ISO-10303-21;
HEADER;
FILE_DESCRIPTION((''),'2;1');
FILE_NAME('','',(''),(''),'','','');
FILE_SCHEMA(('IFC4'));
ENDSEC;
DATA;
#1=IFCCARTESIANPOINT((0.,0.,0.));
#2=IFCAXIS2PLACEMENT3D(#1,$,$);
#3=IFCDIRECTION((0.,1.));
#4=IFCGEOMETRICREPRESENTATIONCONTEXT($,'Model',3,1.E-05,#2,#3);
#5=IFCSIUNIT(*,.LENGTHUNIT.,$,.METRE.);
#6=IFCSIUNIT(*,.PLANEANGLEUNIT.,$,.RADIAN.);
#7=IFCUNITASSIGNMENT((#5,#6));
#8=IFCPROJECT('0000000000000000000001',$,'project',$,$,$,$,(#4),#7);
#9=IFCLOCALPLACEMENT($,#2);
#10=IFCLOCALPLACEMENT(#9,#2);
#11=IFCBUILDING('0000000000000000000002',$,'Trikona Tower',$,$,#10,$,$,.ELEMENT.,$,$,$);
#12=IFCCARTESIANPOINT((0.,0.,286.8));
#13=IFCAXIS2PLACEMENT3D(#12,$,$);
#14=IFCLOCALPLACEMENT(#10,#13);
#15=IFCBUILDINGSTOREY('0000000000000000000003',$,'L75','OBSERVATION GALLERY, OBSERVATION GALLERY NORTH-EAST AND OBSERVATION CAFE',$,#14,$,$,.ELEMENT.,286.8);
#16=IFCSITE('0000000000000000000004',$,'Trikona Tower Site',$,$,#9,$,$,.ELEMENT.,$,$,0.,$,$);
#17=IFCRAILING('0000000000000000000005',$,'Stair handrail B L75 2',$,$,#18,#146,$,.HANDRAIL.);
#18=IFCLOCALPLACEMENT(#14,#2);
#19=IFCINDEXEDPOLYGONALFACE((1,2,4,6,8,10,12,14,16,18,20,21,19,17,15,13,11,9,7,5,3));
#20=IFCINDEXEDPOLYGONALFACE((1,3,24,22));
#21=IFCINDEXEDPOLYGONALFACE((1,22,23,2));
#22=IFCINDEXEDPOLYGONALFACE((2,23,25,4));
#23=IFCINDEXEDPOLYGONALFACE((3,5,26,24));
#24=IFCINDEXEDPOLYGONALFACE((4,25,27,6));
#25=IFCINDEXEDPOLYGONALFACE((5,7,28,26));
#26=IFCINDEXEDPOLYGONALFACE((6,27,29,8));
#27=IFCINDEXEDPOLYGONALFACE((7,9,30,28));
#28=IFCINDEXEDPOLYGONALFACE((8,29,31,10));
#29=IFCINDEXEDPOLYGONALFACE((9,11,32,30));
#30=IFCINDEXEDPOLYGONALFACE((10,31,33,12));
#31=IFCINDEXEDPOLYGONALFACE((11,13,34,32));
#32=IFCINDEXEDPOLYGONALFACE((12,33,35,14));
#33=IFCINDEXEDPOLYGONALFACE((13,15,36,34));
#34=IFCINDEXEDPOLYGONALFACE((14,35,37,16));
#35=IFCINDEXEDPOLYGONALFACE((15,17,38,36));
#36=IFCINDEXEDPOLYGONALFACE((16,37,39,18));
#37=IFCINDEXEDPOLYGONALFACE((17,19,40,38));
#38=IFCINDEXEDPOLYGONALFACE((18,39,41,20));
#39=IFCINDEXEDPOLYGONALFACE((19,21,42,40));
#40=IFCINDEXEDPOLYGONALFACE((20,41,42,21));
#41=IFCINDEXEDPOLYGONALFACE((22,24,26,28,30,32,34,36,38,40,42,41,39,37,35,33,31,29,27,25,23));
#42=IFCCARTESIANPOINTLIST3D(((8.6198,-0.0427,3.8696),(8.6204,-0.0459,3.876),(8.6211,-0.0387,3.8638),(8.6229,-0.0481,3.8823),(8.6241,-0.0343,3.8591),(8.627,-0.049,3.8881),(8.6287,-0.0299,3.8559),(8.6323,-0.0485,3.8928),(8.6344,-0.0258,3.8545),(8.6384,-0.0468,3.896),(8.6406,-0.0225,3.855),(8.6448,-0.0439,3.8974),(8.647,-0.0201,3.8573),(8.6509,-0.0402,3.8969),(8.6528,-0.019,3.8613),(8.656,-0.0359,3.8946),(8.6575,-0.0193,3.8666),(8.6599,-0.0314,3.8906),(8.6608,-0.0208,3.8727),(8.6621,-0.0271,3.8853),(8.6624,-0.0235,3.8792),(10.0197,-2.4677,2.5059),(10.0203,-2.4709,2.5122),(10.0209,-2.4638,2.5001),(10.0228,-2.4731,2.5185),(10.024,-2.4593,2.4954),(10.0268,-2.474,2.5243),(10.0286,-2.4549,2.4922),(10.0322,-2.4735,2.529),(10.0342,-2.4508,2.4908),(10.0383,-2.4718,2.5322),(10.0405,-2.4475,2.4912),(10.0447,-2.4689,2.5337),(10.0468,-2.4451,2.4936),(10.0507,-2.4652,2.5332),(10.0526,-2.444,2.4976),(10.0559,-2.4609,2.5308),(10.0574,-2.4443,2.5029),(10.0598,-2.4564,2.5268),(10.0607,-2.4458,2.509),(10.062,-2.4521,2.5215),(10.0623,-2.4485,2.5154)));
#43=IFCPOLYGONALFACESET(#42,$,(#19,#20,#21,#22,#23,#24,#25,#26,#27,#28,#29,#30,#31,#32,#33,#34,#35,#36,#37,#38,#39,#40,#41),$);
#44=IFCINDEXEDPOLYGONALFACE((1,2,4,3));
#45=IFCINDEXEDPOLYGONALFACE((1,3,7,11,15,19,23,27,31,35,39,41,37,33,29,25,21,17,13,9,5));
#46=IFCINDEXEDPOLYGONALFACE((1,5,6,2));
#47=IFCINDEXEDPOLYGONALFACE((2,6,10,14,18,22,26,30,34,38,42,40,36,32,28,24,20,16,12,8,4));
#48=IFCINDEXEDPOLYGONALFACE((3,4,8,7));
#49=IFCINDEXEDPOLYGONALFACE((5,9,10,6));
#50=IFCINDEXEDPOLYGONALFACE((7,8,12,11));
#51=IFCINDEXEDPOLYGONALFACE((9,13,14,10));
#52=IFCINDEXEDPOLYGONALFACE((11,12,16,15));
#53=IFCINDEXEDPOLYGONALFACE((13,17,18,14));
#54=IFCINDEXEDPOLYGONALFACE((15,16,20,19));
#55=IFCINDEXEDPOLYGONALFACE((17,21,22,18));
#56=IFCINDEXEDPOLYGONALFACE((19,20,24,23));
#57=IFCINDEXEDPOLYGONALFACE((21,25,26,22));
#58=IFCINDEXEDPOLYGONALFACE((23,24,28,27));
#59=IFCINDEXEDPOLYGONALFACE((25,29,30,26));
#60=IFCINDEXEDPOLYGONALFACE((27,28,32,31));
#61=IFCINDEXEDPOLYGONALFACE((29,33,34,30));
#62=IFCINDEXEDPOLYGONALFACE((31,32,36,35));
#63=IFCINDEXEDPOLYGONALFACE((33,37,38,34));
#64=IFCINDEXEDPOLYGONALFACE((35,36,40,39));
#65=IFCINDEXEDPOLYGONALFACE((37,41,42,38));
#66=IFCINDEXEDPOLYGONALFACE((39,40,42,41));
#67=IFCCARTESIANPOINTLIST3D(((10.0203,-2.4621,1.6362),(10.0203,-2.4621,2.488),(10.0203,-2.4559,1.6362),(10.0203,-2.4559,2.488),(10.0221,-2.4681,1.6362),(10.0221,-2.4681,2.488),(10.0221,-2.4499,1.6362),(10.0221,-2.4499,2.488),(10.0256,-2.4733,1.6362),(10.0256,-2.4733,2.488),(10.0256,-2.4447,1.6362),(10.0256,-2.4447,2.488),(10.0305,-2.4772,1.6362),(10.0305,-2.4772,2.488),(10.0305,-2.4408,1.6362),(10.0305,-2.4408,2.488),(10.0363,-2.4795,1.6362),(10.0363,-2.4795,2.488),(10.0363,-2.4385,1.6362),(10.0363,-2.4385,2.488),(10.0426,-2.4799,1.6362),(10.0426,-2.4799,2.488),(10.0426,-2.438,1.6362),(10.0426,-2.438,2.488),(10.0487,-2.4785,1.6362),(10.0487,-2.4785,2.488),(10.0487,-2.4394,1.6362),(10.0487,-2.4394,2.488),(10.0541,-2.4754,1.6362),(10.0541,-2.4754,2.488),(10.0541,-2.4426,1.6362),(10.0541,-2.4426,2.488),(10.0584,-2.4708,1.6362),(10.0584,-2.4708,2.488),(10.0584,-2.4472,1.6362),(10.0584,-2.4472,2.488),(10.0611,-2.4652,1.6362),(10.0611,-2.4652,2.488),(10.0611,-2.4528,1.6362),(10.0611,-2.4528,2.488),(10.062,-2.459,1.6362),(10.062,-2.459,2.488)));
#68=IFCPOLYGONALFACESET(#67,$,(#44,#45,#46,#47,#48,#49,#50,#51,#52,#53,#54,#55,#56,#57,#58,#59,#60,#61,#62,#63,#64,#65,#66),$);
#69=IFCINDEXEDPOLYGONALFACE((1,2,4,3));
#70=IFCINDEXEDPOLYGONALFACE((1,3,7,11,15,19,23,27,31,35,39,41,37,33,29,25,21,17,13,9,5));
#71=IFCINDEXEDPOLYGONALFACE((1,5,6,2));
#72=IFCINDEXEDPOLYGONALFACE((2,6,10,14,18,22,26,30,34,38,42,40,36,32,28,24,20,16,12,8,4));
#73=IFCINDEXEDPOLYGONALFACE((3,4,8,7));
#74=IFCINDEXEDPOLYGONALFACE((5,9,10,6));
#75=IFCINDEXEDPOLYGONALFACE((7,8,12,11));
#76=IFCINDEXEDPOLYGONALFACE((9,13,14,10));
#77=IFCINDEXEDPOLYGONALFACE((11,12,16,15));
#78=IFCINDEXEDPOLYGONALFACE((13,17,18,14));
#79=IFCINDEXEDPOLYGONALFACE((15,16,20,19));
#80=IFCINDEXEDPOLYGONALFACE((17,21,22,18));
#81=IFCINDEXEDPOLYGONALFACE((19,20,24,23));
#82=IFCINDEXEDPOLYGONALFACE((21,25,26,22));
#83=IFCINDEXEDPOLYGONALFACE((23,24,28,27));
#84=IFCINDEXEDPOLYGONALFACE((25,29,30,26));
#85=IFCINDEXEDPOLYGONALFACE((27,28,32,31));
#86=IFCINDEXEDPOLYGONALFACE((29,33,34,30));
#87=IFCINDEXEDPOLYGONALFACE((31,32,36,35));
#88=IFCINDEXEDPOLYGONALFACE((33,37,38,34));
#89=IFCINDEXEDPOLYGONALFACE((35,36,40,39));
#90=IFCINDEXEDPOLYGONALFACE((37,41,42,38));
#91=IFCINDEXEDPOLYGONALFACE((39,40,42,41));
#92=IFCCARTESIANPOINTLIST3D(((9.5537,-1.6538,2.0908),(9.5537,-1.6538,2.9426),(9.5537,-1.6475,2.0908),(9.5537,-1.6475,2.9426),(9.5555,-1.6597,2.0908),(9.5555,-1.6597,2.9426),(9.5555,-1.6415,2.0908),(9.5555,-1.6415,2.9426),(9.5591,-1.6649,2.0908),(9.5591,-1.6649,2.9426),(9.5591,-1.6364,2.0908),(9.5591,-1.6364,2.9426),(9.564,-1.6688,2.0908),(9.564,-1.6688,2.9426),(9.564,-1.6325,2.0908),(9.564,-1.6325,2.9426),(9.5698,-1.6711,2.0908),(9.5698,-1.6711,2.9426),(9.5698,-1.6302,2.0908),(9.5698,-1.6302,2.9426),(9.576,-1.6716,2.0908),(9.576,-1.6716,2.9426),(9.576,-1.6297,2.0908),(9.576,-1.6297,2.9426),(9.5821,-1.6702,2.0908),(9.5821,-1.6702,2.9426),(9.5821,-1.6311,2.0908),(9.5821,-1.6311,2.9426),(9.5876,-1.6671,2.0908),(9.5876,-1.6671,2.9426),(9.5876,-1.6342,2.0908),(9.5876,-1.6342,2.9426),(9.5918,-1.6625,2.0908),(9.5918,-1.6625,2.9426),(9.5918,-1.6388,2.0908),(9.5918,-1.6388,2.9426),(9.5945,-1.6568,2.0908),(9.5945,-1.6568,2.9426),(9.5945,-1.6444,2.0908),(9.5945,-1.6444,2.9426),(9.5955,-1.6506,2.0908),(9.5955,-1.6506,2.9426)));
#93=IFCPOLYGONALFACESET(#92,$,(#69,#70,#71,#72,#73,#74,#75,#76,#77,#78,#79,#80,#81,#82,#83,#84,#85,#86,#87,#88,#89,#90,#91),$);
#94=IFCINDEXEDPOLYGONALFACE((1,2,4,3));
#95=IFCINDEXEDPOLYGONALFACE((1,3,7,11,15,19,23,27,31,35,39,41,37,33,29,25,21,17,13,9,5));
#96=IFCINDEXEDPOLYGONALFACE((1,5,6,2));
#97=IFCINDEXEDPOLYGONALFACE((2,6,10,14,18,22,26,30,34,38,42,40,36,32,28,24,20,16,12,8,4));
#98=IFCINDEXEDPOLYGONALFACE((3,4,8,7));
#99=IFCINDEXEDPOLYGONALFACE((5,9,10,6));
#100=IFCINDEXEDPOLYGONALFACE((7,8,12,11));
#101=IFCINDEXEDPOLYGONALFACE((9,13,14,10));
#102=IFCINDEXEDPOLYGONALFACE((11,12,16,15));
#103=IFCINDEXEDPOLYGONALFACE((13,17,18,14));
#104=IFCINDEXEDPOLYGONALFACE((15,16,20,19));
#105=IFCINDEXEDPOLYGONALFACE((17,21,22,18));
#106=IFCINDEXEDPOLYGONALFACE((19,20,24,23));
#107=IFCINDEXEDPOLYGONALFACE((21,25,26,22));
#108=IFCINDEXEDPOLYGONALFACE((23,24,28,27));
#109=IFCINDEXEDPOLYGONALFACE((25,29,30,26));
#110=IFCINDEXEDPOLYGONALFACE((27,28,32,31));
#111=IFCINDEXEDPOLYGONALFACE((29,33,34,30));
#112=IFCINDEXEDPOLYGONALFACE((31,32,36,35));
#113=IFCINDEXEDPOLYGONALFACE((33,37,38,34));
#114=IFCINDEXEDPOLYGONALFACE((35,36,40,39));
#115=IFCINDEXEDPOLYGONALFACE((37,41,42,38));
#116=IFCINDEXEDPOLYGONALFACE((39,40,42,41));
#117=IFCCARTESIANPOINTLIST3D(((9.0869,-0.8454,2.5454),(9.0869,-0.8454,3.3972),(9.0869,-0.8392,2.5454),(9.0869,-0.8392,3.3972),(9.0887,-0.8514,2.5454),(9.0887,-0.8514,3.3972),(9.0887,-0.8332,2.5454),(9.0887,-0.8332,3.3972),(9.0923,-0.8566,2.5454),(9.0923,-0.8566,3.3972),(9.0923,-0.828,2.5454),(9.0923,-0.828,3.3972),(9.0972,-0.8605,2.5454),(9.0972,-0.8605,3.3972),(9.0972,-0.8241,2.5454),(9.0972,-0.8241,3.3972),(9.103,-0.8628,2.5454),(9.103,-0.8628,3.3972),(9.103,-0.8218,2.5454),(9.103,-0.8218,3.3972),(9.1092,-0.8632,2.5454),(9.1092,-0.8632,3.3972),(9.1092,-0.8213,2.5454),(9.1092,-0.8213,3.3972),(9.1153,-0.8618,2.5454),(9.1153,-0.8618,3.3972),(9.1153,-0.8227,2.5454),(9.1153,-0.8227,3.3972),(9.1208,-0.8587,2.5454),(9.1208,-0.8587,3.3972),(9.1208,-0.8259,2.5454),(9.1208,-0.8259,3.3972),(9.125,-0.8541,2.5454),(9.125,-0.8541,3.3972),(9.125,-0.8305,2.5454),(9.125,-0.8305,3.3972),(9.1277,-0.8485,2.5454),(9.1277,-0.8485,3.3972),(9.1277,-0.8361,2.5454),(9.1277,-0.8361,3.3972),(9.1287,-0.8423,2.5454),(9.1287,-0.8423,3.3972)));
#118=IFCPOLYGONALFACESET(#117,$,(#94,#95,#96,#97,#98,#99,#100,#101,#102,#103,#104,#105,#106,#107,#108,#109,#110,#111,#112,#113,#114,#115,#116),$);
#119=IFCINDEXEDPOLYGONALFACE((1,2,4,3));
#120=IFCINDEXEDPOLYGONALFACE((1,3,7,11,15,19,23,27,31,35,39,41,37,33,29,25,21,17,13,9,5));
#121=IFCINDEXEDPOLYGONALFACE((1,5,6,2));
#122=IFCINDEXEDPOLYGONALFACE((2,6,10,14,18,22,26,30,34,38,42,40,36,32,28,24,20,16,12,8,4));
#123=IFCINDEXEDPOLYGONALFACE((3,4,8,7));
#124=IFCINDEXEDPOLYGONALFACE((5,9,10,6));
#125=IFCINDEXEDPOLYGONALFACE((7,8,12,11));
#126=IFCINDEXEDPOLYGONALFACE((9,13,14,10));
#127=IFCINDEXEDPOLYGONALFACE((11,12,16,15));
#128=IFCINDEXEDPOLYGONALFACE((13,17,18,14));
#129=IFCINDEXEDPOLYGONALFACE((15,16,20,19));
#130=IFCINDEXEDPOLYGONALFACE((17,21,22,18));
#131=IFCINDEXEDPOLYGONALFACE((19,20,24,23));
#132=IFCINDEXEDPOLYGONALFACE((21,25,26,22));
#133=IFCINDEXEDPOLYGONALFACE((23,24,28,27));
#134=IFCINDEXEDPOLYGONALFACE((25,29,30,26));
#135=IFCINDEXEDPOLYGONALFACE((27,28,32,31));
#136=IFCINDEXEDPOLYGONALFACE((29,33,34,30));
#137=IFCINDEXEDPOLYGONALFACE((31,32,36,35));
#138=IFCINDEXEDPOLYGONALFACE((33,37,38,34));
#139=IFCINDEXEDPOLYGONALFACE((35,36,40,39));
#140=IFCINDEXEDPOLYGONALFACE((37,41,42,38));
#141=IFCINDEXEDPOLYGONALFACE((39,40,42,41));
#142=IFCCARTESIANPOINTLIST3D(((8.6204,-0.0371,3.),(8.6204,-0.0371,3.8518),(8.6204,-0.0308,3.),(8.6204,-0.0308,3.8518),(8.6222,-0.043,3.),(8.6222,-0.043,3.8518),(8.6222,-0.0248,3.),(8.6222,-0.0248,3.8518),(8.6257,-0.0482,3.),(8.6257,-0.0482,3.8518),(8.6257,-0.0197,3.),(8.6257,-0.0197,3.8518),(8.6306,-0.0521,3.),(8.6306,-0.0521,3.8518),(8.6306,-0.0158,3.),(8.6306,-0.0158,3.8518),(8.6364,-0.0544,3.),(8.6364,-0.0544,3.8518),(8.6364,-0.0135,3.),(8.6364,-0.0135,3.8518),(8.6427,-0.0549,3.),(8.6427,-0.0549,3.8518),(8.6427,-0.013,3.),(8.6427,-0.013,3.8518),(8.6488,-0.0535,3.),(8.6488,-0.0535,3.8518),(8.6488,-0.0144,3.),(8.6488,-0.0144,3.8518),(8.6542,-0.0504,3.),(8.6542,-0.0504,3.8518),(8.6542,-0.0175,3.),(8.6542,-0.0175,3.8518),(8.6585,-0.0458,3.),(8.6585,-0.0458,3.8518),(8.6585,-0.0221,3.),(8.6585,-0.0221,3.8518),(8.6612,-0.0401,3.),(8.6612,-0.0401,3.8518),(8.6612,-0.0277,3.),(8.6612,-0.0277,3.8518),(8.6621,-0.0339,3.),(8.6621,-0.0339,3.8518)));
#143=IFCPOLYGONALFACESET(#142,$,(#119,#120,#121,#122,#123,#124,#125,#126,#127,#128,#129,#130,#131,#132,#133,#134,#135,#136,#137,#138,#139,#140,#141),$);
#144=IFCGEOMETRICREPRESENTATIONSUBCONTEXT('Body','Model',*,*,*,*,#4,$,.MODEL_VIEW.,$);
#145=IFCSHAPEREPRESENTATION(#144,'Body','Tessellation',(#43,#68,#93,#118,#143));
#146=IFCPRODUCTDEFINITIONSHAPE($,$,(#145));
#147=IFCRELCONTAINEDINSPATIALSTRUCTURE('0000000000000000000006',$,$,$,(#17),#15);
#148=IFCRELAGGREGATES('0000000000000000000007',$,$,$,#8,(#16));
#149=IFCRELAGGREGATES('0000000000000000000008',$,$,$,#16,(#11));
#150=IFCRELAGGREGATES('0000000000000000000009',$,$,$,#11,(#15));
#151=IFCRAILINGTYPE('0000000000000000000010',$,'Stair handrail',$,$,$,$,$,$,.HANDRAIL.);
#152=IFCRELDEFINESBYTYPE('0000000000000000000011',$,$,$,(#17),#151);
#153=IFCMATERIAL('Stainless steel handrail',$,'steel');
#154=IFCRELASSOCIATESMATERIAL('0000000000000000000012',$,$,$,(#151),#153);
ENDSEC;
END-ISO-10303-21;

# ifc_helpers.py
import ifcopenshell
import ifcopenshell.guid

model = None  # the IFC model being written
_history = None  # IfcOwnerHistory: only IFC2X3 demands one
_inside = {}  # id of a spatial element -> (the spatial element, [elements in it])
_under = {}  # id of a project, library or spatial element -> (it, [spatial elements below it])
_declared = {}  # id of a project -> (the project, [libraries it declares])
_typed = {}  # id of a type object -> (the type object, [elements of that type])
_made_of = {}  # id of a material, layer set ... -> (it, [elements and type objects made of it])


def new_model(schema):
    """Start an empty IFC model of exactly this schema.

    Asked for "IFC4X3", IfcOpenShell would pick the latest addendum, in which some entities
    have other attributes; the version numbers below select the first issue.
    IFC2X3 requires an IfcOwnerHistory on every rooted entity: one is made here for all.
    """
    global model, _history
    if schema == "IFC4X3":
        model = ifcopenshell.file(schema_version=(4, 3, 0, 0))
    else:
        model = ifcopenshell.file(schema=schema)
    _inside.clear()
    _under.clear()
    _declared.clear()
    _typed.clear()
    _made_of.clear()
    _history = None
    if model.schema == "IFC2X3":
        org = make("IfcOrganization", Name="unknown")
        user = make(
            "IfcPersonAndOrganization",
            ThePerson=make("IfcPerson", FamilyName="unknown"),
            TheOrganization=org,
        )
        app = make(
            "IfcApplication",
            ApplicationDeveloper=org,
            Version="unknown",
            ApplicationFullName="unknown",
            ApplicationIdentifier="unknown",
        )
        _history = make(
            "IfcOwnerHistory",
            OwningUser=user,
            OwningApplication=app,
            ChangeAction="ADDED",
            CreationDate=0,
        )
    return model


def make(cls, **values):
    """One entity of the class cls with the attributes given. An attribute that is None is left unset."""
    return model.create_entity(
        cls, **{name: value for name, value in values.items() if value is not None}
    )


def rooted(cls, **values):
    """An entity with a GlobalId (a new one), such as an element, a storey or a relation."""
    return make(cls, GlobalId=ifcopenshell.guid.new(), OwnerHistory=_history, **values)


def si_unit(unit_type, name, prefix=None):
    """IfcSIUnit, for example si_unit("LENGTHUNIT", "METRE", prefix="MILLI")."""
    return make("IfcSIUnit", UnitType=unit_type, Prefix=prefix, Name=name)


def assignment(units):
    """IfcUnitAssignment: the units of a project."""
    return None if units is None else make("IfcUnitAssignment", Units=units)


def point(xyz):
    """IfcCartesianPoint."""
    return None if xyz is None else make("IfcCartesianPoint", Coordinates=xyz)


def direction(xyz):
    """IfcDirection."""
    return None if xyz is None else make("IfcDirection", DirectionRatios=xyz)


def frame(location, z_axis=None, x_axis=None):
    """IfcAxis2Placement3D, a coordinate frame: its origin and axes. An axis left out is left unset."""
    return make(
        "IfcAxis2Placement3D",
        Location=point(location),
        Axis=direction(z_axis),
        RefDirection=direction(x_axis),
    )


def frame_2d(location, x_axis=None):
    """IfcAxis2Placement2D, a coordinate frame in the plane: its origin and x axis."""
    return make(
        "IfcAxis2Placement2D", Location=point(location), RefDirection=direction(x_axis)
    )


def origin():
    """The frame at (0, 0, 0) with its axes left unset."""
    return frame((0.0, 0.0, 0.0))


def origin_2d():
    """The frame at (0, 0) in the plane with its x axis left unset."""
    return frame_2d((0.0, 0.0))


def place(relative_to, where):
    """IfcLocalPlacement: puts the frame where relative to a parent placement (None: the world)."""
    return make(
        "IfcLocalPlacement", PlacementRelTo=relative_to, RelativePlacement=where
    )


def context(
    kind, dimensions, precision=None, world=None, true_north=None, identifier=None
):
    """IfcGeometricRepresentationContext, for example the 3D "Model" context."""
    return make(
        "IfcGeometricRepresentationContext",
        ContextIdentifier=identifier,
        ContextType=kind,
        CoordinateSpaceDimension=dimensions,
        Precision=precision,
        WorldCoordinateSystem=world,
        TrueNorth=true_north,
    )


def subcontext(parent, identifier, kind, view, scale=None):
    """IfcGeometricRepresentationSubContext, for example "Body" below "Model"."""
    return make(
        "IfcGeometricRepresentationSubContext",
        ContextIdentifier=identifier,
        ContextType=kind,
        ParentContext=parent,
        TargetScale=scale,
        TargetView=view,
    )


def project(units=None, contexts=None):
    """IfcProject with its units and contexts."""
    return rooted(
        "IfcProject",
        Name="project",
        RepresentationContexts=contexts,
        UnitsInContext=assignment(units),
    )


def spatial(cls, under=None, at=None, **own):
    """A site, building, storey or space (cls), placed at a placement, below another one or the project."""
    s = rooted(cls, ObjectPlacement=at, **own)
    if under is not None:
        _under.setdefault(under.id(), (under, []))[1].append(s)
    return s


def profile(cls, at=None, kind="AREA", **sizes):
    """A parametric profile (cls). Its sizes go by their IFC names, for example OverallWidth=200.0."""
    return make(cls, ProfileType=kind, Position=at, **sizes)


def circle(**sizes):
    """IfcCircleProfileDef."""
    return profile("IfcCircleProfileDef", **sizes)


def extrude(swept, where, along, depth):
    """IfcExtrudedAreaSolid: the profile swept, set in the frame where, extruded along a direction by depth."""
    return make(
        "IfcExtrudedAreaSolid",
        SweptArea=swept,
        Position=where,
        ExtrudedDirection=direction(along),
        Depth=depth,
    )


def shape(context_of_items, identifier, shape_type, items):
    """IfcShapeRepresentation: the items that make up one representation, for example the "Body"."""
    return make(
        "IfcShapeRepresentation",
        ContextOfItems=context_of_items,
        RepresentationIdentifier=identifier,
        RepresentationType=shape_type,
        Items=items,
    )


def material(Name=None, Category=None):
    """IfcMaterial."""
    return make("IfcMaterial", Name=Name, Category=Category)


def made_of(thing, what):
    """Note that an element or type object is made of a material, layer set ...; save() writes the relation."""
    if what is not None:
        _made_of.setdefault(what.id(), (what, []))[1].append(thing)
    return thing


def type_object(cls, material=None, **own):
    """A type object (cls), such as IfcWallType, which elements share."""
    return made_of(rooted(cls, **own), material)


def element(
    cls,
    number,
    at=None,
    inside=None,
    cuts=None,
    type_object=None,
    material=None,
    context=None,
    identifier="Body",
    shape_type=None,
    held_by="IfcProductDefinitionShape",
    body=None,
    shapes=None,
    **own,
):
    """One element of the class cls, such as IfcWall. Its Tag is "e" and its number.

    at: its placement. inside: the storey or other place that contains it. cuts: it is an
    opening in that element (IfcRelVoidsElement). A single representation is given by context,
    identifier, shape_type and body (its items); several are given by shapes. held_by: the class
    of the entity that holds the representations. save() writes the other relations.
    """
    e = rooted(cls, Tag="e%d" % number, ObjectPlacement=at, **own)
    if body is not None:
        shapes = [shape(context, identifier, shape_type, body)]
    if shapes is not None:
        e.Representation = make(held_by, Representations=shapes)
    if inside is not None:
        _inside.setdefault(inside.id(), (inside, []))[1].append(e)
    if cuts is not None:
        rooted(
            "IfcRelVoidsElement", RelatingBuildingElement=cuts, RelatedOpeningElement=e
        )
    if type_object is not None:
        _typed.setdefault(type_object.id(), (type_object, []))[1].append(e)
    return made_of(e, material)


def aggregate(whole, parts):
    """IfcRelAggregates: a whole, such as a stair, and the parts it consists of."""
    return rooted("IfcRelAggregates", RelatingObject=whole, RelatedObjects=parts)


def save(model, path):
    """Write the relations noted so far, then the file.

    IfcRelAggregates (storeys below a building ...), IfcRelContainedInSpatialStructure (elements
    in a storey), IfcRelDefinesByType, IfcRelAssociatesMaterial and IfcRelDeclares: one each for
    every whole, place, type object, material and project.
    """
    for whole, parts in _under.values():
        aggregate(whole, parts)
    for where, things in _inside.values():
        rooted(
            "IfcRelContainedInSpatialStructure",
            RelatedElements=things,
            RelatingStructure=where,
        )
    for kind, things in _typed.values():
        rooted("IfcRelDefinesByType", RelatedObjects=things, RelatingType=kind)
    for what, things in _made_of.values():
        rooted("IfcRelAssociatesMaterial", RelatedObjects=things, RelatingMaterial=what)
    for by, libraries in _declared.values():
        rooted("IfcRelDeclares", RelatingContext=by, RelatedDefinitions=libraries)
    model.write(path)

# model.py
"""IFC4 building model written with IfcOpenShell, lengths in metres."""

from ifc_helpers import new_model, si_unit, direction, frame, origin, origin_2d, place, context, subcontext, project, spatial, circle, extrude, material, type_object, element, save


model = new_model("IFC4")

# Units and contexts
model_context = context("Model", 3, precision=1e-05, world=origin(), true_north=direction((0.0, 1.0)))
body_context = subcontext(model_context, "Body", "Model", "MODEL_VIEW")
ifc_project = project(units=[si_unit("LENGTHUNIT", "METRE"), si_unit("PLANEANGLEUNIT", "RADIAN")], contexts=[model_context])

# Site, building, storey
site_placement = place(None, origin())
site = spatial("IfcSite", under=ifc_project, at=site_placement, Name="Trikona Tower Site", CompositionType="ELEMENT", RefElevation=0.0)
building_placement = place(site_placement, origin())
building = spatial("IfcBuilding", under=site, at=building_placement, Name="Trikona Tower", CompositionType="ELEMENT")
storey_placement = place(building_placement, frame((0.0, 0.0, 286.8)))
storey = spatial("IfcBuildingStorey", under=building, at=storey_placement, Name="L75", Description="OBSERVATION GALLERY, OBSERVATION GALLERY NORTH-EAST AND OBSERVATION CAFE", CompositionType="ELEMENT", Elevation=286.8)

# Railing
ifc_material_1 = material(Name="Stainless steel handrail", Category="steel")
railing_type = type_object("IfcRailingType", Name="Stair handrail", PredefinedType="HANDRAIL", material=ifc_material_1)
for number, where, name in (
    (1, (10.041, -2.459, 1.6362), "Stair handrail B L75 2"),
):
    element("IfcRailing", number, at=place(storey_placement, frame(where)), inside=storey, type_object=railing_type, Name=name, PredefinedType="HANDRAIL", context=body_context, shape_type="SweptSolid", body=[
        extrude(circle(Radius=0.0239, at=origin_2d()), frame((0.0, 0.0, 0.876), z_axis=(-0.449471, 0.778618, 0.43787), x_axis=(-0.866056, -0.499946, 0.0)), (0.0, 0.0, 1.0), 3.1145),
        extrude(circle(Radius=0.021, at=origin_2d()), origin(), (0.0, 0.0, 1.0), 0.8518),
        extrude(circle(Radius=0.021, at=origin_2d()), frame((-0.4666, 0.8083, 0.4546)), (0.0, 0.0, 1.0), 0.8518),
        extrude(circle(Radius=0.021, at=origin_2d()), frame((-0.9333, 1.6167, 0.9092)), (0.0, 0.0, 1.0), 0.8518),
        extrude(circle(Radius=0.021, at=origin_2d()), frame((-1.3999, 2.425, 1.3638)), (0.0, 0.0, 1.0), 0.8518),
    ])

save(model, "model.ifc")
